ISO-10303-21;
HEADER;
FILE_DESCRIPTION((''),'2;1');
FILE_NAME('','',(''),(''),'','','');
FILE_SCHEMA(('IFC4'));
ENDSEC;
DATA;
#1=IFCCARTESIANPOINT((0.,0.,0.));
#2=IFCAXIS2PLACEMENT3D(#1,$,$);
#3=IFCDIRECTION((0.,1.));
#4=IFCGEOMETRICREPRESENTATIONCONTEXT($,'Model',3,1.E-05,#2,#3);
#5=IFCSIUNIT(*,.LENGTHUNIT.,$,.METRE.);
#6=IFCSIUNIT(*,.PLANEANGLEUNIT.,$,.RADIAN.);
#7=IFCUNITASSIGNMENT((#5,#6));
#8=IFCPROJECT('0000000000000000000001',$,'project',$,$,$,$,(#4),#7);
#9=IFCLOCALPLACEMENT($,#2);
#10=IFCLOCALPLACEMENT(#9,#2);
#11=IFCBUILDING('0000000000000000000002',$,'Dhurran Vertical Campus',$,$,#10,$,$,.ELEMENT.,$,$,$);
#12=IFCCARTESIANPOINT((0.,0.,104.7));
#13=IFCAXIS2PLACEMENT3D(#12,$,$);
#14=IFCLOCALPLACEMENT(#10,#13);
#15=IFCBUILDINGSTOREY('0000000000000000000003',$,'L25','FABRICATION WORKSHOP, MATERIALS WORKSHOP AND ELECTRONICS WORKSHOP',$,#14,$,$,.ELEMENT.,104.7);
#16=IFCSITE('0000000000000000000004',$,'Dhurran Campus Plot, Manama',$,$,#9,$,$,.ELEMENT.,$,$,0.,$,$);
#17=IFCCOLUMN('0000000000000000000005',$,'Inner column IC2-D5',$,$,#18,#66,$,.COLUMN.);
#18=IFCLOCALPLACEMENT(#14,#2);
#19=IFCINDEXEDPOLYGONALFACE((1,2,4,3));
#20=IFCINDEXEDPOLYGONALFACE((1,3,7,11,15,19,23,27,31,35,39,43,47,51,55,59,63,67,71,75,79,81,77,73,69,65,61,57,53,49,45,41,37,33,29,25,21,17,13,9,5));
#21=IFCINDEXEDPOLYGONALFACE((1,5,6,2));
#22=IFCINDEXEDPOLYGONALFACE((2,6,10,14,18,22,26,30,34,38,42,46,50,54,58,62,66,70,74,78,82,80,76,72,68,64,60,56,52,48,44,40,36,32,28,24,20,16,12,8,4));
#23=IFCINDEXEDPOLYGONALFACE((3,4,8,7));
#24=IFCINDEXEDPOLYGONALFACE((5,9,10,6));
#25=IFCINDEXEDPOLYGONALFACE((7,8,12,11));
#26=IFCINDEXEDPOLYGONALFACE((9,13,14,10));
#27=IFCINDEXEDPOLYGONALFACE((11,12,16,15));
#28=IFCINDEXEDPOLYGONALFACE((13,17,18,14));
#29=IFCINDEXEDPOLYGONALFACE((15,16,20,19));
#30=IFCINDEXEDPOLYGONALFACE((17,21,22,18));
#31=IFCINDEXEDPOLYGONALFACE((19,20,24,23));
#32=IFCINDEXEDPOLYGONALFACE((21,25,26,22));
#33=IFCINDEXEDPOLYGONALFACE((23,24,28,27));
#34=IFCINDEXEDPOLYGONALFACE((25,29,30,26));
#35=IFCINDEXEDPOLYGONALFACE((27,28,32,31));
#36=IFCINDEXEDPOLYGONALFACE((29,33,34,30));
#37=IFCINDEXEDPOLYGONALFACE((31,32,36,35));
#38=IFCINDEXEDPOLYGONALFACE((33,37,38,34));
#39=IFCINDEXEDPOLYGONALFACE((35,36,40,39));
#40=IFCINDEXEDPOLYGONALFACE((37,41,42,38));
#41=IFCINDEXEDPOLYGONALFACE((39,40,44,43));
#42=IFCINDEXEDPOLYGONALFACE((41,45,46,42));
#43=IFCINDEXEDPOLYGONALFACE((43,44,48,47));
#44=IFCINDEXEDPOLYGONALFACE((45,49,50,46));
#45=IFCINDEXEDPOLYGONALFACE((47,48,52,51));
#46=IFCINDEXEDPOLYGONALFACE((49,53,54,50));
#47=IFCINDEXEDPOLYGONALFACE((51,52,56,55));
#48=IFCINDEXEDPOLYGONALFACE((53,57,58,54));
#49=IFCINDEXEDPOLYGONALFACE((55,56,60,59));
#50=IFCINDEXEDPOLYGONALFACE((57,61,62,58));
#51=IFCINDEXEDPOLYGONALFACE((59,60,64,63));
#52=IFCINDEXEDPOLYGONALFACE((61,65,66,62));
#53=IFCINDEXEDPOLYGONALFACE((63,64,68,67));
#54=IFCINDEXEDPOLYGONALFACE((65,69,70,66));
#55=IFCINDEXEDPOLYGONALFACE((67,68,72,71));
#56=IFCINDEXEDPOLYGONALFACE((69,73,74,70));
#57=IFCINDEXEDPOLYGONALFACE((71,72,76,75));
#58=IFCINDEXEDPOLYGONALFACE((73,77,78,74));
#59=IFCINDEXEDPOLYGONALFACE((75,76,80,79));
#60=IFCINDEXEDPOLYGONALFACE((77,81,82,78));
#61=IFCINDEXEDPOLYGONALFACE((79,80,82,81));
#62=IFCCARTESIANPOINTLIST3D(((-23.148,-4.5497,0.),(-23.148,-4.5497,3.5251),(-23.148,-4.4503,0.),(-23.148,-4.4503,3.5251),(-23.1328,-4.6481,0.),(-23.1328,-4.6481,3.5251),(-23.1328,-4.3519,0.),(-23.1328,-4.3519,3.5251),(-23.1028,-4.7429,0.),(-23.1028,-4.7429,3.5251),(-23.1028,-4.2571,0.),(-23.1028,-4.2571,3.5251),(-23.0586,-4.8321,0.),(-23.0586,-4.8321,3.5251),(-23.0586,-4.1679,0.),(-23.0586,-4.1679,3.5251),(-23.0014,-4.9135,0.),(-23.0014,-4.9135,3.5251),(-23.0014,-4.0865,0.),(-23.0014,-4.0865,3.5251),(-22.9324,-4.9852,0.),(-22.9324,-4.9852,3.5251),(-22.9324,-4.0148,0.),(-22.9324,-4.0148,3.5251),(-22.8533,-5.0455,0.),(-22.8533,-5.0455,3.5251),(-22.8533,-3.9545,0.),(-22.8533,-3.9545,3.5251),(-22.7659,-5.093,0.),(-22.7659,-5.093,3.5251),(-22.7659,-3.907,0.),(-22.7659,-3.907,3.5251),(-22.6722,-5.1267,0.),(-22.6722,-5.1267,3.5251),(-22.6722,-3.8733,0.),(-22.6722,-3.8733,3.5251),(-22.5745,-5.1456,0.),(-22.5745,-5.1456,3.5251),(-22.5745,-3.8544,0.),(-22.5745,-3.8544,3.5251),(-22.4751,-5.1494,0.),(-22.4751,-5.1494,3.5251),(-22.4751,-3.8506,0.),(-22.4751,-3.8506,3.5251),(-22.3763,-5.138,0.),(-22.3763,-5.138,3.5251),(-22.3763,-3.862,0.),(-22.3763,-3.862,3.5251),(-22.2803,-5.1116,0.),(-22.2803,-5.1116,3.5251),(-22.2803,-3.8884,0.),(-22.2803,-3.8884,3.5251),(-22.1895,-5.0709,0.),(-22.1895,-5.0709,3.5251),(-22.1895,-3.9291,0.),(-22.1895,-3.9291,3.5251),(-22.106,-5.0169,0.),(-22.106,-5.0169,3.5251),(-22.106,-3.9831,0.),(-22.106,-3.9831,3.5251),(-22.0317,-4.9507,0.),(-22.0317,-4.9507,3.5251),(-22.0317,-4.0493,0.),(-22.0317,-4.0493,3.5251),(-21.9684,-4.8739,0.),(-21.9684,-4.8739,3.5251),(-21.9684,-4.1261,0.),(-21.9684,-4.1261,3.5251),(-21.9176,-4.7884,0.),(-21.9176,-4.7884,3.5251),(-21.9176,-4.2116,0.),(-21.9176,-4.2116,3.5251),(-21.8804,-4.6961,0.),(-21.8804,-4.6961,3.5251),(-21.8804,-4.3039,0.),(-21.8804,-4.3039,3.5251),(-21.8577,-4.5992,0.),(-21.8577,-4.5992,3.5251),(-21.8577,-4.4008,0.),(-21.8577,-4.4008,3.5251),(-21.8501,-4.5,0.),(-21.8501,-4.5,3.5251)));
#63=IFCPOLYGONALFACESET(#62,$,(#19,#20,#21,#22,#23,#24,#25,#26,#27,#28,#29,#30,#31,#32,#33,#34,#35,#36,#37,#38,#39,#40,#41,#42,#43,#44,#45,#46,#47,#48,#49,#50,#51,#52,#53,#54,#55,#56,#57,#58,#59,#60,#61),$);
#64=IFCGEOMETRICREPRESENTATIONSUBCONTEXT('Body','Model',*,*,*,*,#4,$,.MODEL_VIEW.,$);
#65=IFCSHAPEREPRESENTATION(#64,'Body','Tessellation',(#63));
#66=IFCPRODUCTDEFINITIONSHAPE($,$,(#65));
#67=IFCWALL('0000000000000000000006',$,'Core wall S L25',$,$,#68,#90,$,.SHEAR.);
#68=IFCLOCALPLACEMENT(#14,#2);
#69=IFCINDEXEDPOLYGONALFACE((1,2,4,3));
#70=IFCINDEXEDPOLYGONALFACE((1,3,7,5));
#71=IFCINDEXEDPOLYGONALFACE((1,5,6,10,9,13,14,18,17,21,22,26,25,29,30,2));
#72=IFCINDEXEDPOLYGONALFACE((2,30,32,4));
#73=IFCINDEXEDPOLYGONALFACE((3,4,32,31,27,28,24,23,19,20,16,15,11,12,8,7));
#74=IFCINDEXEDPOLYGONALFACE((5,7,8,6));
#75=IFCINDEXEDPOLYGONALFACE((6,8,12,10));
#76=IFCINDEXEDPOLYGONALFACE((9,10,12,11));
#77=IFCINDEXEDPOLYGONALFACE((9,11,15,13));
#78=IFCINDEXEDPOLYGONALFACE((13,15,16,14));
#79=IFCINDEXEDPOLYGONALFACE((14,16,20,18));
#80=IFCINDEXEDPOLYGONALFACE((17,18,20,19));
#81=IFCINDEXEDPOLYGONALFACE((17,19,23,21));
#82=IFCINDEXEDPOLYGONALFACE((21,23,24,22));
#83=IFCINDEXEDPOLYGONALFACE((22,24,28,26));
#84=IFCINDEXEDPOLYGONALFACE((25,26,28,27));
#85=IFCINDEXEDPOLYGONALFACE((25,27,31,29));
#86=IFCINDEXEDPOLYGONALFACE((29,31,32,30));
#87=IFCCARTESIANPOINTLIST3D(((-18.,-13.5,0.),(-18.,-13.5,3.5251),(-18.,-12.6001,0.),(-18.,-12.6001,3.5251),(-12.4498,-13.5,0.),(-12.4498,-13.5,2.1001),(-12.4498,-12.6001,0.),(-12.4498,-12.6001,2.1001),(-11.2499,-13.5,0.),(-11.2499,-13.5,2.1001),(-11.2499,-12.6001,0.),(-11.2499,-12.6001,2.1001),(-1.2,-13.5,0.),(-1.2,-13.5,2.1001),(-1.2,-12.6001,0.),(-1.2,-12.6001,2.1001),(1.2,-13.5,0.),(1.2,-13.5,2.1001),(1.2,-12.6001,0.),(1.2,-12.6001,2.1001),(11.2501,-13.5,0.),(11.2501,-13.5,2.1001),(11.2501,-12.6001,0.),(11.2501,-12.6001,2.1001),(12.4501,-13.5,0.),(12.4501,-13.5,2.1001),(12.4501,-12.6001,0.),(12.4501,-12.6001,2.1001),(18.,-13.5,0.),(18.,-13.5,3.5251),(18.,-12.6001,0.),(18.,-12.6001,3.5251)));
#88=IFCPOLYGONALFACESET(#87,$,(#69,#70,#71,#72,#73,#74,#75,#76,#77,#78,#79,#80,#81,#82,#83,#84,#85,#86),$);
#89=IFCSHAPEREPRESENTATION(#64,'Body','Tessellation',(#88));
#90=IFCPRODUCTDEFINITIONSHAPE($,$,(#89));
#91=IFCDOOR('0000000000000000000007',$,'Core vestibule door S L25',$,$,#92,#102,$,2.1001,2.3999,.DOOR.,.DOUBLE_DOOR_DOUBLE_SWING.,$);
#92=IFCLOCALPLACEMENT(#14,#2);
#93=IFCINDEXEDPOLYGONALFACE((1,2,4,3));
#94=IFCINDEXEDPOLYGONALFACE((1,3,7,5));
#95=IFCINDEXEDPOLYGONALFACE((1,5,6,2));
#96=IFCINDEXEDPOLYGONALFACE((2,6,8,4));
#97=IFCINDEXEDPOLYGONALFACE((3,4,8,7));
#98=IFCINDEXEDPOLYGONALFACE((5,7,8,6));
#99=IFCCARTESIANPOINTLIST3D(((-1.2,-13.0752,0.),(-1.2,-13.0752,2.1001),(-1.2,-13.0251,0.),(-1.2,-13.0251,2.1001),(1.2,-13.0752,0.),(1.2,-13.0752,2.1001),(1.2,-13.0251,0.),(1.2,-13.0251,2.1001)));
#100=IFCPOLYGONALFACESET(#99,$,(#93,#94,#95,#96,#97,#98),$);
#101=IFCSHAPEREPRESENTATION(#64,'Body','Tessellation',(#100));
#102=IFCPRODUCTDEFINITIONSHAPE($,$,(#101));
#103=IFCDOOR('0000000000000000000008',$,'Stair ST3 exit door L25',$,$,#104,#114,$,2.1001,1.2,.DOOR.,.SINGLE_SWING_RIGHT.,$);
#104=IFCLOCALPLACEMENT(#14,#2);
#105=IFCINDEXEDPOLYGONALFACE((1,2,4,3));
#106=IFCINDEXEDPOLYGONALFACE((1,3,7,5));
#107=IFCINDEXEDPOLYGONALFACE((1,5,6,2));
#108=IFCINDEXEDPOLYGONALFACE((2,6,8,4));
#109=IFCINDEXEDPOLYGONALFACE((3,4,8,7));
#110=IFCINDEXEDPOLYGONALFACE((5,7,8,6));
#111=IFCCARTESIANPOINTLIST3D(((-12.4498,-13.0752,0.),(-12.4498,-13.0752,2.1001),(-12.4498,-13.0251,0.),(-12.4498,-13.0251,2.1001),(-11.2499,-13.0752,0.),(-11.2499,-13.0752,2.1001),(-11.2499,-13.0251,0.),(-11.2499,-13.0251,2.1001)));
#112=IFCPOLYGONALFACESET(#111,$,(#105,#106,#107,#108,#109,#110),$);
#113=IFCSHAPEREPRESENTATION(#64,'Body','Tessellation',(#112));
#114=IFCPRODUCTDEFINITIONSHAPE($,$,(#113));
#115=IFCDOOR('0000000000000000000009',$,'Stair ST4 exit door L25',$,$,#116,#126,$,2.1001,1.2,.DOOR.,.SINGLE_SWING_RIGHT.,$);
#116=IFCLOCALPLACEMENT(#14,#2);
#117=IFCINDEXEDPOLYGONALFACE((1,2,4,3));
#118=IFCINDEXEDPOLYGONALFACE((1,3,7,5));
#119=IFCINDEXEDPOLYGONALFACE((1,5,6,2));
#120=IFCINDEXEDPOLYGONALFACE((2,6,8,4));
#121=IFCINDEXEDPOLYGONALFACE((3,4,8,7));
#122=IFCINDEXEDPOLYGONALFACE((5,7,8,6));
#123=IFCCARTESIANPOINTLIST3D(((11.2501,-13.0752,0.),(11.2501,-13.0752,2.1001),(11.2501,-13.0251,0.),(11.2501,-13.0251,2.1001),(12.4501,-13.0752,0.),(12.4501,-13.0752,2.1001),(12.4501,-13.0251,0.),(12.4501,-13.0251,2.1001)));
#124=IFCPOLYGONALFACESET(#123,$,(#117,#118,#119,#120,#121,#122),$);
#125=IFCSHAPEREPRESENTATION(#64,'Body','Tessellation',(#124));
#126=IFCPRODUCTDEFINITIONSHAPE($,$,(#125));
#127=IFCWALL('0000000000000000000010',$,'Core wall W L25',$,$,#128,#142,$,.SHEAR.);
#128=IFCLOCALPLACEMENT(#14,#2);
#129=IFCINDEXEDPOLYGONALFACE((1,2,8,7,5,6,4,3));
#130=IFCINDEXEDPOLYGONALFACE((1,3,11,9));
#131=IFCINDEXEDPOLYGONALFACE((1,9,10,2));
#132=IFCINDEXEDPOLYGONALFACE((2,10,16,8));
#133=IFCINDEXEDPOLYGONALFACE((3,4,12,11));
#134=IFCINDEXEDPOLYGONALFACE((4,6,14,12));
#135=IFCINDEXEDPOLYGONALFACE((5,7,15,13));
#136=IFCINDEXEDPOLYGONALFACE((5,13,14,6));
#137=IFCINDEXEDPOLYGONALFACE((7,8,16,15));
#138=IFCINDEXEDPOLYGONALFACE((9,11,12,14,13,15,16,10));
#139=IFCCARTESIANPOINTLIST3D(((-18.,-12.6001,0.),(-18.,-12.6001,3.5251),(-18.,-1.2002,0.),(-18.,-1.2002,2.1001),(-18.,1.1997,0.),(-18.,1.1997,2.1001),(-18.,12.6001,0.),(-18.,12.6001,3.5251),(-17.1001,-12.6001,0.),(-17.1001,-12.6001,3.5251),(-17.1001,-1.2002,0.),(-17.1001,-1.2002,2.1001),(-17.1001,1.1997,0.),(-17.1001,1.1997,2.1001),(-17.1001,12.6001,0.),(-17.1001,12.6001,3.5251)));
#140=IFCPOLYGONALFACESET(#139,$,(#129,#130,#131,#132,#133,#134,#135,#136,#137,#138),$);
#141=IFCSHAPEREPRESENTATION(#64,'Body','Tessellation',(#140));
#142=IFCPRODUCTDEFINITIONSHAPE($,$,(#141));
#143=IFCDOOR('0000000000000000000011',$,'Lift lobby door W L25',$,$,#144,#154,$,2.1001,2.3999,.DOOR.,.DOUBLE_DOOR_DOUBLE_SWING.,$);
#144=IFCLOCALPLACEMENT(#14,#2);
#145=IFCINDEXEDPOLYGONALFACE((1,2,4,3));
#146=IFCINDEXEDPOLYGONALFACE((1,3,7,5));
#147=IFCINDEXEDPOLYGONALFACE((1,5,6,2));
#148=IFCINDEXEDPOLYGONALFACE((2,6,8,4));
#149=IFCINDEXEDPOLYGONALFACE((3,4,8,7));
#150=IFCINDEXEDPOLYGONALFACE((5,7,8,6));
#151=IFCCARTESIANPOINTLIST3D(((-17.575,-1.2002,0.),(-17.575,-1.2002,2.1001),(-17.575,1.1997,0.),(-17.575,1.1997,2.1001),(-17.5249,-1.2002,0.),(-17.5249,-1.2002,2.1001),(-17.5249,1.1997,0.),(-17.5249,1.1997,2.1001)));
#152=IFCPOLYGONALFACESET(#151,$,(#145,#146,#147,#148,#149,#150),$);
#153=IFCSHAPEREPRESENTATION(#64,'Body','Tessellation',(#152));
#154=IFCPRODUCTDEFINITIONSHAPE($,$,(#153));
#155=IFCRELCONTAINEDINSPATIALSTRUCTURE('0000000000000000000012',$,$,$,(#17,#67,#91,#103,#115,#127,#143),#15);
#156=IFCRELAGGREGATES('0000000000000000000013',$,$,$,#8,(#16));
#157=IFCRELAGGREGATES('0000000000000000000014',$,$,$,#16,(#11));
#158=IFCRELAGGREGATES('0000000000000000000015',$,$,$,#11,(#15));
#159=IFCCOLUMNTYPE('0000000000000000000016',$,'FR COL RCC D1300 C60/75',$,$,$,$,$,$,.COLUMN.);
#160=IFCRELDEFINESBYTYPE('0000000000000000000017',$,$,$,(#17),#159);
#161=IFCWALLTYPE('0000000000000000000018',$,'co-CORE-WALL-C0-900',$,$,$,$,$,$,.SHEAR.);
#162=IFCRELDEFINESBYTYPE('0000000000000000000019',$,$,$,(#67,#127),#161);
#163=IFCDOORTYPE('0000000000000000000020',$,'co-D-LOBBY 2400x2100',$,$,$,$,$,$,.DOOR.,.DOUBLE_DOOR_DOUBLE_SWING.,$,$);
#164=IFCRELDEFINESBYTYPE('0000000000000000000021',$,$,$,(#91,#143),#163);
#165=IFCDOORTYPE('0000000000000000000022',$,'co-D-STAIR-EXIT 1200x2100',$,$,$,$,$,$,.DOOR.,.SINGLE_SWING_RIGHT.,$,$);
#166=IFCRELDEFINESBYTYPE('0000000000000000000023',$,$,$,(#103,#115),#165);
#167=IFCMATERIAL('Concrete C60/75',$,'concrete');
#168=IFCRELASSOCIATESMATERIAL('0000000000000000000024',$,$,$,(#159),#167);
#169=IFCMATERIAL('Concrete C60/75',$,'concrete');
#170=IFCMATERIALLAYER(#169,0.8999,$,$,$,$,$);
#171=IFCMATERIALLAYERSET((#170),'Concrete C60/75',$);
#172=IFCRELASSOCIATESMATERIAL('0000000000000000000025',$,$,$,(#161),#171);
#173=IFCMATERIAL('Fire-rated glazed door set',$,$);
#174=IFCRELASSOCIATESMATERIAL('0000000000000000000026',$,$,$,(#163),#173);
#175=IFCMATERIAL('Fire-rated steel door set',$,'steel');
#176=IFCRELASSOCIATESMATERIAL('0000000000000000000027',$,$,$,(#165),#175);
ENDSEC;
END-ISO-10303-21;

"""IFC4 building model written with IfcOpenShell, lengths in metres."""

from ifc_helpers import new_model, si_unit, direction, frame, frame_2d, origin, origin_2d, place, context, subcontext, project, spatial, rectangle, circle, extrude, material, layer, layer_set, material_profile, profile_set, type_object, element, fill, save


model = new_model("IFC4")

# Units and contexts
model_context = context("Model", 3, precision=1e-05, world=origin(), true_north=direction((0.0, 1.0)))
body_context = subcontext(model_context, "Body", "Model", "MODEL_VIEW")
ifc_project = project(units=[si_unit("LENGTHUNIT", "METRE"), si_unit("PLANEANGLEUNIT", "RADIAN")], contexts=[model_context])

# Site, building, storey
site_placement = place(None, origin())
site = spatial("IfcSite", under=ifc_project, at=site_placement, Name="Dhurran Campus Plot, Manama", CompositionType="ELEMENT", RefElevation=0.0)
building_placement = place(site_placement, origin())
building = spatial("IfcBuilding", under=site, at=building_placement, Name="Dhurran Vertical Campus", CompositionType="ELEMENT")
storey_placement = place(building_placement, frame((0.0, 0.0, 104.7)))
storey = spatial("IfcBuildingStorey", under=building, at=storey_placement, Name="L25", Description="FABRICATION WORKSHOP, MATERIALS WORKSHOP AND ELECTRONICS WORKSHOP", CompositionType="ELEMENT", Elevation=104.7)

# Column
ifc_material_1 = material(Name="Concrete C60/75", Category="concrete")
ifc_material_profile = material_profile(ifc_material_1, circle(Radius=0.6499, at=origin_2d()), Name="RCC D1300")
ifc_profile_set = profile_set([ifc_material_profile], Name="Concrete C60/75")
column_type = type_object("IfcColumnType", Name="FR COL RCC D1300 C60/75", PredefinedType="COLUMN", material=ifc_profile_set)
column_placement = place(storey_placement, frame((-22.5, -4.5, 0.0), z_axis=(0.0, 0.0, 1.0), x_axis=(1.0, 0.0, 0.0)))
element("IfcColumn", 1, at=column_placement, inside=storey, type_object=column_type, Name="Inner column IC2-D5", PredefinedType="COLUMN", context=body_context, shape_type="SweptSolid", body=[
    extrude(circle(Radius=0.6499, at=origin_2d()), origin(), (0.0, 0.0, 1.0), 3.5251),
])

# Wall, openings, doors
ifc_material_2 = material(Name="Concrete C60/75", Category="concrete")
ifc_layer_1 = layer(ifc_material_2, 0.8999)
ifc_layer_set_1 = layer_set([ifc_layer_1], Name="Concrete C60/75")
wall_type_1 = type_object("IfcWallType", Name="co-CORE-WALL-C0-900", PredefinedType="SHEAR", material=ifc_layer_set_1)
wall_1_placement = place(storey_placement, frame((-18.0, -13.05, 0.0), z_axis=(0.0, 0.0, 1.0), x_axis=(1.0, 0.0, 0.0)))
wall_1 = element("IfcWall", 2, at=wall_1_placement, inside=storey, type_object=wall_type_1, Name="Core wall S L25", PredefinedType="SHEAR", context=body_context, shape_type="SweptSolid", body=[
    extrude(rectangle(XDim=36.0, YDim=0.8999, at=frame_2d((18.0, 0.0))), origin(), (0.0, 0.0, 1.0), 3.5251),
])
opening_1_placement = place(wall_1_placement, frame((16.8, 0.0, 0.0)))
opening_1 = element("IfcOpeningElement", 3, at=opening_1_placement, cuts=wall_1, PredefinedType="OPENING", context=body_context, shape_type="SweptSolid", body=[
    extrude(rectangle(XDim=2.3999, YDim=2.1001, at=frame_2d((1.2, 1.05))), frame((0.0, 0.46, 0.0), z_axis=(0.0, -1.0, 0.0), x_axis=(1.0, 0.0, 0.0)), (0.0, 0.0, 1.0), 0.9199),
])
opening_2_placement = place(wall_1_placement, frame((5.55, 0.0, 0.0)))
opening_2 = element("IfcOpeningElement", 4, at=opening_2_placement, cuts=wall_1, PredefinedType="OPENING", context=body_context, shape_type="SweptSolid", body=[
    extrude(rectangle(XDim=1.2, YDim=2.1001, at=frame_2d((0.6001, 1.05))), frame((0.0, 0.46, 0.0), z_axis=(0.0, -1.0, 0.0), x_axis=(1.0, 0.0, 0.0)), (0.0, 0.0, 1.0), 0.9199),
])
opening_3_placement = place(wall_1_placement, frame((29.25, 0.0, 0.0)))
opening_3 = element("IfcOpeningElement", 5, at=opening_3_placement, cuts=wall_1, PredefinedType="OPENING", context=body_context, shape_type="SweptSolid", body=[
    extrude(rectangle(XDim=1.2, YDim=2.1001, at=frame_2d((0.6001, 1.05))), frame((0.0, 0.46, 0.0), z_axis=(0.0, -1.0, 0.0), x_axis=(1.0, 0.0, 0.0)), (0.0, 0.0, 1.0), 0.9199),
])
ifc_material_3 = material(Name="Fire-rated glazed door set")
door_type_1 = type_object("IfcDoorType", Name="co-D-LOBBY 2400x2100", OperationType="DOUBLE_DOOR_DOUBLE_SWING", PredefinedType="DOOR", material=ifc_material_3)
door_1_placement = place(opening_1_placement, origin())
door_1 = element("IfcDoor", 6, at=door_1_placement, inside=storey, type_object=door_type_1, Name="Core vestibule door S L25", OperationType="DOUBLE_DOOR_DOUBLE_SWING", OverallHeight=2.1001, OverallWidth=2.3999, PredefinedType="DOOR", context=body_context, shape_type="SweptSolid", body=[
    extrude(rectangle(XDim=2.3999, YDim=2.1001, at=frame_2d((1.2, 1.05))), frame((0.0, 0.0249, 0.0), z_axis=(0.0, -1.0, 0.0), x_axis=(1.0, 0.0, 0.0)), (0.0, 0.0, 1.0), 0.05),
])
fill(opening_1, door_1)
ifc_material_4 = material(Name="Fire-rated steel door set", Category="steel")
door_type_2 = type_object("IfcDoorType", Name="co-D-STAIR-EXIT 1200x2100", OperationType="SINGLE_SWING_RIGHT", PredefinedType="DOOR", material=ifc_material_4)
door_2_placement = place(opening_2_placement, origin())
door_2 = element("IfcDoor", 7, at=door_2_placement, inside=storey, type_object=door_type_2, Name="Stair ST3 exit door L25", OperationType="SINGLE_SWING_RIGHT", OverallHeight=2.1001, OverallWidth=1.2, PredefinedType="DOOR", context=body_context, shape_type="SweptSolid", body=[
    extrude(rectangle(XDim=1.2, YDim=2.1001, at=frame_2d((0.6001, 1.05))), frame((0.0, 0.0249, 0.0), z_axis=(0.0, -1.0, 0.0), x_axis=(1.0, 0.0, 0.0)), (0.0, 0.0, 1.0), 0.05),
])
fill(opening_2, door_2)
door_3_placement = place(opening_3_placement, origin())
door_3 = element("IfcDoor", 8, at=door_3_placement, inside=storey, type_object=door_type_2, Name="Stair ST4 exit door L25", OperationType="SINGLE_SWING_RIGHT", OverallHeight=2.1001, OverallWidth=1.2, PredefinedType="DOOR", context=body_context, shape_type="SweptSolid", body=[
    extrude(rectangle(XDim=1.2, YDim=2.1001, at=frame_2d((0.6001, 1.05))), frame((0.0, 0.0249, 0.0), z_axis=(0.0, -1.0, 0.0), x_axis=(1.0, 0.0, 0.0)), (0.0, 0.0, 1.0), 0.05),
])
fill(opening_3, door_3)

# Wall, opening, door
wall_2_placement = place(storey_placement, frame((-17.55, -12.6001, 0.0), z_axis=(0.0, 0.0, 1.0), x_axis=(0.0, 1.0, 0.0)))
wall_2 = element("IfcWall", 9, at=wall_2_placement, inside=storey, type_object=wall_type_1, Name="Core wall W L25", PredefinedType="SHEAR", context=body_context, shape_type="SweptSolid", body=[
    extrude(rectangle(XDim=25.2002, YDim=0.8999, at=frame_2d((12.6001, 0.0))), origin(), (0.0, 0.0, 1.0), 3.5251),
])
opening_4_placement = place(wall_2_placement, frame((11.3999, 0.0, 0.0)))
opening_4 = element("IfcOpeningElement", 10, at=opening_4_placement, cuts=wall_2, PredefinedType="OPENING", context=body_context, shape_type="SweptSolid", body=[
    extrude(rectangle(XDim=2.3999, YDim=2.1001, at=frame_2d((1.2, 1.05))), frame((0.0, 0.46, 0.0), z_axis=(0.0, -1.0, 0.0), x_axis=(1.0, 0.0, 0.0)), (0.0, 0.0, 1.0), 0.9199),
])
door_4_placement = place(opening_4_placement, origin())
door_4 = element("IfcDoor", 11, at=door_4_placement, inside=storey, type_object=door_type_1, Name="Lift lobby door W L25", OperationType="DOUBLE_DOOR_DOUBLE_SWING", OverallHeight=2.1001, OverallWidth=2.3999, PredefinedType="DOOR", context=body_context, shape_type="SweptSolid", body=[
    extrude(rectangle(XDim=2.3999, YDim=2.1001, at=frame_2d((1.2, 1.05))), frame((0.0, 0.0249, 0.0), z_axis=(0.0, -1.0, 0.0), x_axis=(1.0, 0.0, 0.0)), (0.0, 0.0, 1.0), 0.05),
])
fill(opening_4, door_4)

save(model, "model.ifc")
